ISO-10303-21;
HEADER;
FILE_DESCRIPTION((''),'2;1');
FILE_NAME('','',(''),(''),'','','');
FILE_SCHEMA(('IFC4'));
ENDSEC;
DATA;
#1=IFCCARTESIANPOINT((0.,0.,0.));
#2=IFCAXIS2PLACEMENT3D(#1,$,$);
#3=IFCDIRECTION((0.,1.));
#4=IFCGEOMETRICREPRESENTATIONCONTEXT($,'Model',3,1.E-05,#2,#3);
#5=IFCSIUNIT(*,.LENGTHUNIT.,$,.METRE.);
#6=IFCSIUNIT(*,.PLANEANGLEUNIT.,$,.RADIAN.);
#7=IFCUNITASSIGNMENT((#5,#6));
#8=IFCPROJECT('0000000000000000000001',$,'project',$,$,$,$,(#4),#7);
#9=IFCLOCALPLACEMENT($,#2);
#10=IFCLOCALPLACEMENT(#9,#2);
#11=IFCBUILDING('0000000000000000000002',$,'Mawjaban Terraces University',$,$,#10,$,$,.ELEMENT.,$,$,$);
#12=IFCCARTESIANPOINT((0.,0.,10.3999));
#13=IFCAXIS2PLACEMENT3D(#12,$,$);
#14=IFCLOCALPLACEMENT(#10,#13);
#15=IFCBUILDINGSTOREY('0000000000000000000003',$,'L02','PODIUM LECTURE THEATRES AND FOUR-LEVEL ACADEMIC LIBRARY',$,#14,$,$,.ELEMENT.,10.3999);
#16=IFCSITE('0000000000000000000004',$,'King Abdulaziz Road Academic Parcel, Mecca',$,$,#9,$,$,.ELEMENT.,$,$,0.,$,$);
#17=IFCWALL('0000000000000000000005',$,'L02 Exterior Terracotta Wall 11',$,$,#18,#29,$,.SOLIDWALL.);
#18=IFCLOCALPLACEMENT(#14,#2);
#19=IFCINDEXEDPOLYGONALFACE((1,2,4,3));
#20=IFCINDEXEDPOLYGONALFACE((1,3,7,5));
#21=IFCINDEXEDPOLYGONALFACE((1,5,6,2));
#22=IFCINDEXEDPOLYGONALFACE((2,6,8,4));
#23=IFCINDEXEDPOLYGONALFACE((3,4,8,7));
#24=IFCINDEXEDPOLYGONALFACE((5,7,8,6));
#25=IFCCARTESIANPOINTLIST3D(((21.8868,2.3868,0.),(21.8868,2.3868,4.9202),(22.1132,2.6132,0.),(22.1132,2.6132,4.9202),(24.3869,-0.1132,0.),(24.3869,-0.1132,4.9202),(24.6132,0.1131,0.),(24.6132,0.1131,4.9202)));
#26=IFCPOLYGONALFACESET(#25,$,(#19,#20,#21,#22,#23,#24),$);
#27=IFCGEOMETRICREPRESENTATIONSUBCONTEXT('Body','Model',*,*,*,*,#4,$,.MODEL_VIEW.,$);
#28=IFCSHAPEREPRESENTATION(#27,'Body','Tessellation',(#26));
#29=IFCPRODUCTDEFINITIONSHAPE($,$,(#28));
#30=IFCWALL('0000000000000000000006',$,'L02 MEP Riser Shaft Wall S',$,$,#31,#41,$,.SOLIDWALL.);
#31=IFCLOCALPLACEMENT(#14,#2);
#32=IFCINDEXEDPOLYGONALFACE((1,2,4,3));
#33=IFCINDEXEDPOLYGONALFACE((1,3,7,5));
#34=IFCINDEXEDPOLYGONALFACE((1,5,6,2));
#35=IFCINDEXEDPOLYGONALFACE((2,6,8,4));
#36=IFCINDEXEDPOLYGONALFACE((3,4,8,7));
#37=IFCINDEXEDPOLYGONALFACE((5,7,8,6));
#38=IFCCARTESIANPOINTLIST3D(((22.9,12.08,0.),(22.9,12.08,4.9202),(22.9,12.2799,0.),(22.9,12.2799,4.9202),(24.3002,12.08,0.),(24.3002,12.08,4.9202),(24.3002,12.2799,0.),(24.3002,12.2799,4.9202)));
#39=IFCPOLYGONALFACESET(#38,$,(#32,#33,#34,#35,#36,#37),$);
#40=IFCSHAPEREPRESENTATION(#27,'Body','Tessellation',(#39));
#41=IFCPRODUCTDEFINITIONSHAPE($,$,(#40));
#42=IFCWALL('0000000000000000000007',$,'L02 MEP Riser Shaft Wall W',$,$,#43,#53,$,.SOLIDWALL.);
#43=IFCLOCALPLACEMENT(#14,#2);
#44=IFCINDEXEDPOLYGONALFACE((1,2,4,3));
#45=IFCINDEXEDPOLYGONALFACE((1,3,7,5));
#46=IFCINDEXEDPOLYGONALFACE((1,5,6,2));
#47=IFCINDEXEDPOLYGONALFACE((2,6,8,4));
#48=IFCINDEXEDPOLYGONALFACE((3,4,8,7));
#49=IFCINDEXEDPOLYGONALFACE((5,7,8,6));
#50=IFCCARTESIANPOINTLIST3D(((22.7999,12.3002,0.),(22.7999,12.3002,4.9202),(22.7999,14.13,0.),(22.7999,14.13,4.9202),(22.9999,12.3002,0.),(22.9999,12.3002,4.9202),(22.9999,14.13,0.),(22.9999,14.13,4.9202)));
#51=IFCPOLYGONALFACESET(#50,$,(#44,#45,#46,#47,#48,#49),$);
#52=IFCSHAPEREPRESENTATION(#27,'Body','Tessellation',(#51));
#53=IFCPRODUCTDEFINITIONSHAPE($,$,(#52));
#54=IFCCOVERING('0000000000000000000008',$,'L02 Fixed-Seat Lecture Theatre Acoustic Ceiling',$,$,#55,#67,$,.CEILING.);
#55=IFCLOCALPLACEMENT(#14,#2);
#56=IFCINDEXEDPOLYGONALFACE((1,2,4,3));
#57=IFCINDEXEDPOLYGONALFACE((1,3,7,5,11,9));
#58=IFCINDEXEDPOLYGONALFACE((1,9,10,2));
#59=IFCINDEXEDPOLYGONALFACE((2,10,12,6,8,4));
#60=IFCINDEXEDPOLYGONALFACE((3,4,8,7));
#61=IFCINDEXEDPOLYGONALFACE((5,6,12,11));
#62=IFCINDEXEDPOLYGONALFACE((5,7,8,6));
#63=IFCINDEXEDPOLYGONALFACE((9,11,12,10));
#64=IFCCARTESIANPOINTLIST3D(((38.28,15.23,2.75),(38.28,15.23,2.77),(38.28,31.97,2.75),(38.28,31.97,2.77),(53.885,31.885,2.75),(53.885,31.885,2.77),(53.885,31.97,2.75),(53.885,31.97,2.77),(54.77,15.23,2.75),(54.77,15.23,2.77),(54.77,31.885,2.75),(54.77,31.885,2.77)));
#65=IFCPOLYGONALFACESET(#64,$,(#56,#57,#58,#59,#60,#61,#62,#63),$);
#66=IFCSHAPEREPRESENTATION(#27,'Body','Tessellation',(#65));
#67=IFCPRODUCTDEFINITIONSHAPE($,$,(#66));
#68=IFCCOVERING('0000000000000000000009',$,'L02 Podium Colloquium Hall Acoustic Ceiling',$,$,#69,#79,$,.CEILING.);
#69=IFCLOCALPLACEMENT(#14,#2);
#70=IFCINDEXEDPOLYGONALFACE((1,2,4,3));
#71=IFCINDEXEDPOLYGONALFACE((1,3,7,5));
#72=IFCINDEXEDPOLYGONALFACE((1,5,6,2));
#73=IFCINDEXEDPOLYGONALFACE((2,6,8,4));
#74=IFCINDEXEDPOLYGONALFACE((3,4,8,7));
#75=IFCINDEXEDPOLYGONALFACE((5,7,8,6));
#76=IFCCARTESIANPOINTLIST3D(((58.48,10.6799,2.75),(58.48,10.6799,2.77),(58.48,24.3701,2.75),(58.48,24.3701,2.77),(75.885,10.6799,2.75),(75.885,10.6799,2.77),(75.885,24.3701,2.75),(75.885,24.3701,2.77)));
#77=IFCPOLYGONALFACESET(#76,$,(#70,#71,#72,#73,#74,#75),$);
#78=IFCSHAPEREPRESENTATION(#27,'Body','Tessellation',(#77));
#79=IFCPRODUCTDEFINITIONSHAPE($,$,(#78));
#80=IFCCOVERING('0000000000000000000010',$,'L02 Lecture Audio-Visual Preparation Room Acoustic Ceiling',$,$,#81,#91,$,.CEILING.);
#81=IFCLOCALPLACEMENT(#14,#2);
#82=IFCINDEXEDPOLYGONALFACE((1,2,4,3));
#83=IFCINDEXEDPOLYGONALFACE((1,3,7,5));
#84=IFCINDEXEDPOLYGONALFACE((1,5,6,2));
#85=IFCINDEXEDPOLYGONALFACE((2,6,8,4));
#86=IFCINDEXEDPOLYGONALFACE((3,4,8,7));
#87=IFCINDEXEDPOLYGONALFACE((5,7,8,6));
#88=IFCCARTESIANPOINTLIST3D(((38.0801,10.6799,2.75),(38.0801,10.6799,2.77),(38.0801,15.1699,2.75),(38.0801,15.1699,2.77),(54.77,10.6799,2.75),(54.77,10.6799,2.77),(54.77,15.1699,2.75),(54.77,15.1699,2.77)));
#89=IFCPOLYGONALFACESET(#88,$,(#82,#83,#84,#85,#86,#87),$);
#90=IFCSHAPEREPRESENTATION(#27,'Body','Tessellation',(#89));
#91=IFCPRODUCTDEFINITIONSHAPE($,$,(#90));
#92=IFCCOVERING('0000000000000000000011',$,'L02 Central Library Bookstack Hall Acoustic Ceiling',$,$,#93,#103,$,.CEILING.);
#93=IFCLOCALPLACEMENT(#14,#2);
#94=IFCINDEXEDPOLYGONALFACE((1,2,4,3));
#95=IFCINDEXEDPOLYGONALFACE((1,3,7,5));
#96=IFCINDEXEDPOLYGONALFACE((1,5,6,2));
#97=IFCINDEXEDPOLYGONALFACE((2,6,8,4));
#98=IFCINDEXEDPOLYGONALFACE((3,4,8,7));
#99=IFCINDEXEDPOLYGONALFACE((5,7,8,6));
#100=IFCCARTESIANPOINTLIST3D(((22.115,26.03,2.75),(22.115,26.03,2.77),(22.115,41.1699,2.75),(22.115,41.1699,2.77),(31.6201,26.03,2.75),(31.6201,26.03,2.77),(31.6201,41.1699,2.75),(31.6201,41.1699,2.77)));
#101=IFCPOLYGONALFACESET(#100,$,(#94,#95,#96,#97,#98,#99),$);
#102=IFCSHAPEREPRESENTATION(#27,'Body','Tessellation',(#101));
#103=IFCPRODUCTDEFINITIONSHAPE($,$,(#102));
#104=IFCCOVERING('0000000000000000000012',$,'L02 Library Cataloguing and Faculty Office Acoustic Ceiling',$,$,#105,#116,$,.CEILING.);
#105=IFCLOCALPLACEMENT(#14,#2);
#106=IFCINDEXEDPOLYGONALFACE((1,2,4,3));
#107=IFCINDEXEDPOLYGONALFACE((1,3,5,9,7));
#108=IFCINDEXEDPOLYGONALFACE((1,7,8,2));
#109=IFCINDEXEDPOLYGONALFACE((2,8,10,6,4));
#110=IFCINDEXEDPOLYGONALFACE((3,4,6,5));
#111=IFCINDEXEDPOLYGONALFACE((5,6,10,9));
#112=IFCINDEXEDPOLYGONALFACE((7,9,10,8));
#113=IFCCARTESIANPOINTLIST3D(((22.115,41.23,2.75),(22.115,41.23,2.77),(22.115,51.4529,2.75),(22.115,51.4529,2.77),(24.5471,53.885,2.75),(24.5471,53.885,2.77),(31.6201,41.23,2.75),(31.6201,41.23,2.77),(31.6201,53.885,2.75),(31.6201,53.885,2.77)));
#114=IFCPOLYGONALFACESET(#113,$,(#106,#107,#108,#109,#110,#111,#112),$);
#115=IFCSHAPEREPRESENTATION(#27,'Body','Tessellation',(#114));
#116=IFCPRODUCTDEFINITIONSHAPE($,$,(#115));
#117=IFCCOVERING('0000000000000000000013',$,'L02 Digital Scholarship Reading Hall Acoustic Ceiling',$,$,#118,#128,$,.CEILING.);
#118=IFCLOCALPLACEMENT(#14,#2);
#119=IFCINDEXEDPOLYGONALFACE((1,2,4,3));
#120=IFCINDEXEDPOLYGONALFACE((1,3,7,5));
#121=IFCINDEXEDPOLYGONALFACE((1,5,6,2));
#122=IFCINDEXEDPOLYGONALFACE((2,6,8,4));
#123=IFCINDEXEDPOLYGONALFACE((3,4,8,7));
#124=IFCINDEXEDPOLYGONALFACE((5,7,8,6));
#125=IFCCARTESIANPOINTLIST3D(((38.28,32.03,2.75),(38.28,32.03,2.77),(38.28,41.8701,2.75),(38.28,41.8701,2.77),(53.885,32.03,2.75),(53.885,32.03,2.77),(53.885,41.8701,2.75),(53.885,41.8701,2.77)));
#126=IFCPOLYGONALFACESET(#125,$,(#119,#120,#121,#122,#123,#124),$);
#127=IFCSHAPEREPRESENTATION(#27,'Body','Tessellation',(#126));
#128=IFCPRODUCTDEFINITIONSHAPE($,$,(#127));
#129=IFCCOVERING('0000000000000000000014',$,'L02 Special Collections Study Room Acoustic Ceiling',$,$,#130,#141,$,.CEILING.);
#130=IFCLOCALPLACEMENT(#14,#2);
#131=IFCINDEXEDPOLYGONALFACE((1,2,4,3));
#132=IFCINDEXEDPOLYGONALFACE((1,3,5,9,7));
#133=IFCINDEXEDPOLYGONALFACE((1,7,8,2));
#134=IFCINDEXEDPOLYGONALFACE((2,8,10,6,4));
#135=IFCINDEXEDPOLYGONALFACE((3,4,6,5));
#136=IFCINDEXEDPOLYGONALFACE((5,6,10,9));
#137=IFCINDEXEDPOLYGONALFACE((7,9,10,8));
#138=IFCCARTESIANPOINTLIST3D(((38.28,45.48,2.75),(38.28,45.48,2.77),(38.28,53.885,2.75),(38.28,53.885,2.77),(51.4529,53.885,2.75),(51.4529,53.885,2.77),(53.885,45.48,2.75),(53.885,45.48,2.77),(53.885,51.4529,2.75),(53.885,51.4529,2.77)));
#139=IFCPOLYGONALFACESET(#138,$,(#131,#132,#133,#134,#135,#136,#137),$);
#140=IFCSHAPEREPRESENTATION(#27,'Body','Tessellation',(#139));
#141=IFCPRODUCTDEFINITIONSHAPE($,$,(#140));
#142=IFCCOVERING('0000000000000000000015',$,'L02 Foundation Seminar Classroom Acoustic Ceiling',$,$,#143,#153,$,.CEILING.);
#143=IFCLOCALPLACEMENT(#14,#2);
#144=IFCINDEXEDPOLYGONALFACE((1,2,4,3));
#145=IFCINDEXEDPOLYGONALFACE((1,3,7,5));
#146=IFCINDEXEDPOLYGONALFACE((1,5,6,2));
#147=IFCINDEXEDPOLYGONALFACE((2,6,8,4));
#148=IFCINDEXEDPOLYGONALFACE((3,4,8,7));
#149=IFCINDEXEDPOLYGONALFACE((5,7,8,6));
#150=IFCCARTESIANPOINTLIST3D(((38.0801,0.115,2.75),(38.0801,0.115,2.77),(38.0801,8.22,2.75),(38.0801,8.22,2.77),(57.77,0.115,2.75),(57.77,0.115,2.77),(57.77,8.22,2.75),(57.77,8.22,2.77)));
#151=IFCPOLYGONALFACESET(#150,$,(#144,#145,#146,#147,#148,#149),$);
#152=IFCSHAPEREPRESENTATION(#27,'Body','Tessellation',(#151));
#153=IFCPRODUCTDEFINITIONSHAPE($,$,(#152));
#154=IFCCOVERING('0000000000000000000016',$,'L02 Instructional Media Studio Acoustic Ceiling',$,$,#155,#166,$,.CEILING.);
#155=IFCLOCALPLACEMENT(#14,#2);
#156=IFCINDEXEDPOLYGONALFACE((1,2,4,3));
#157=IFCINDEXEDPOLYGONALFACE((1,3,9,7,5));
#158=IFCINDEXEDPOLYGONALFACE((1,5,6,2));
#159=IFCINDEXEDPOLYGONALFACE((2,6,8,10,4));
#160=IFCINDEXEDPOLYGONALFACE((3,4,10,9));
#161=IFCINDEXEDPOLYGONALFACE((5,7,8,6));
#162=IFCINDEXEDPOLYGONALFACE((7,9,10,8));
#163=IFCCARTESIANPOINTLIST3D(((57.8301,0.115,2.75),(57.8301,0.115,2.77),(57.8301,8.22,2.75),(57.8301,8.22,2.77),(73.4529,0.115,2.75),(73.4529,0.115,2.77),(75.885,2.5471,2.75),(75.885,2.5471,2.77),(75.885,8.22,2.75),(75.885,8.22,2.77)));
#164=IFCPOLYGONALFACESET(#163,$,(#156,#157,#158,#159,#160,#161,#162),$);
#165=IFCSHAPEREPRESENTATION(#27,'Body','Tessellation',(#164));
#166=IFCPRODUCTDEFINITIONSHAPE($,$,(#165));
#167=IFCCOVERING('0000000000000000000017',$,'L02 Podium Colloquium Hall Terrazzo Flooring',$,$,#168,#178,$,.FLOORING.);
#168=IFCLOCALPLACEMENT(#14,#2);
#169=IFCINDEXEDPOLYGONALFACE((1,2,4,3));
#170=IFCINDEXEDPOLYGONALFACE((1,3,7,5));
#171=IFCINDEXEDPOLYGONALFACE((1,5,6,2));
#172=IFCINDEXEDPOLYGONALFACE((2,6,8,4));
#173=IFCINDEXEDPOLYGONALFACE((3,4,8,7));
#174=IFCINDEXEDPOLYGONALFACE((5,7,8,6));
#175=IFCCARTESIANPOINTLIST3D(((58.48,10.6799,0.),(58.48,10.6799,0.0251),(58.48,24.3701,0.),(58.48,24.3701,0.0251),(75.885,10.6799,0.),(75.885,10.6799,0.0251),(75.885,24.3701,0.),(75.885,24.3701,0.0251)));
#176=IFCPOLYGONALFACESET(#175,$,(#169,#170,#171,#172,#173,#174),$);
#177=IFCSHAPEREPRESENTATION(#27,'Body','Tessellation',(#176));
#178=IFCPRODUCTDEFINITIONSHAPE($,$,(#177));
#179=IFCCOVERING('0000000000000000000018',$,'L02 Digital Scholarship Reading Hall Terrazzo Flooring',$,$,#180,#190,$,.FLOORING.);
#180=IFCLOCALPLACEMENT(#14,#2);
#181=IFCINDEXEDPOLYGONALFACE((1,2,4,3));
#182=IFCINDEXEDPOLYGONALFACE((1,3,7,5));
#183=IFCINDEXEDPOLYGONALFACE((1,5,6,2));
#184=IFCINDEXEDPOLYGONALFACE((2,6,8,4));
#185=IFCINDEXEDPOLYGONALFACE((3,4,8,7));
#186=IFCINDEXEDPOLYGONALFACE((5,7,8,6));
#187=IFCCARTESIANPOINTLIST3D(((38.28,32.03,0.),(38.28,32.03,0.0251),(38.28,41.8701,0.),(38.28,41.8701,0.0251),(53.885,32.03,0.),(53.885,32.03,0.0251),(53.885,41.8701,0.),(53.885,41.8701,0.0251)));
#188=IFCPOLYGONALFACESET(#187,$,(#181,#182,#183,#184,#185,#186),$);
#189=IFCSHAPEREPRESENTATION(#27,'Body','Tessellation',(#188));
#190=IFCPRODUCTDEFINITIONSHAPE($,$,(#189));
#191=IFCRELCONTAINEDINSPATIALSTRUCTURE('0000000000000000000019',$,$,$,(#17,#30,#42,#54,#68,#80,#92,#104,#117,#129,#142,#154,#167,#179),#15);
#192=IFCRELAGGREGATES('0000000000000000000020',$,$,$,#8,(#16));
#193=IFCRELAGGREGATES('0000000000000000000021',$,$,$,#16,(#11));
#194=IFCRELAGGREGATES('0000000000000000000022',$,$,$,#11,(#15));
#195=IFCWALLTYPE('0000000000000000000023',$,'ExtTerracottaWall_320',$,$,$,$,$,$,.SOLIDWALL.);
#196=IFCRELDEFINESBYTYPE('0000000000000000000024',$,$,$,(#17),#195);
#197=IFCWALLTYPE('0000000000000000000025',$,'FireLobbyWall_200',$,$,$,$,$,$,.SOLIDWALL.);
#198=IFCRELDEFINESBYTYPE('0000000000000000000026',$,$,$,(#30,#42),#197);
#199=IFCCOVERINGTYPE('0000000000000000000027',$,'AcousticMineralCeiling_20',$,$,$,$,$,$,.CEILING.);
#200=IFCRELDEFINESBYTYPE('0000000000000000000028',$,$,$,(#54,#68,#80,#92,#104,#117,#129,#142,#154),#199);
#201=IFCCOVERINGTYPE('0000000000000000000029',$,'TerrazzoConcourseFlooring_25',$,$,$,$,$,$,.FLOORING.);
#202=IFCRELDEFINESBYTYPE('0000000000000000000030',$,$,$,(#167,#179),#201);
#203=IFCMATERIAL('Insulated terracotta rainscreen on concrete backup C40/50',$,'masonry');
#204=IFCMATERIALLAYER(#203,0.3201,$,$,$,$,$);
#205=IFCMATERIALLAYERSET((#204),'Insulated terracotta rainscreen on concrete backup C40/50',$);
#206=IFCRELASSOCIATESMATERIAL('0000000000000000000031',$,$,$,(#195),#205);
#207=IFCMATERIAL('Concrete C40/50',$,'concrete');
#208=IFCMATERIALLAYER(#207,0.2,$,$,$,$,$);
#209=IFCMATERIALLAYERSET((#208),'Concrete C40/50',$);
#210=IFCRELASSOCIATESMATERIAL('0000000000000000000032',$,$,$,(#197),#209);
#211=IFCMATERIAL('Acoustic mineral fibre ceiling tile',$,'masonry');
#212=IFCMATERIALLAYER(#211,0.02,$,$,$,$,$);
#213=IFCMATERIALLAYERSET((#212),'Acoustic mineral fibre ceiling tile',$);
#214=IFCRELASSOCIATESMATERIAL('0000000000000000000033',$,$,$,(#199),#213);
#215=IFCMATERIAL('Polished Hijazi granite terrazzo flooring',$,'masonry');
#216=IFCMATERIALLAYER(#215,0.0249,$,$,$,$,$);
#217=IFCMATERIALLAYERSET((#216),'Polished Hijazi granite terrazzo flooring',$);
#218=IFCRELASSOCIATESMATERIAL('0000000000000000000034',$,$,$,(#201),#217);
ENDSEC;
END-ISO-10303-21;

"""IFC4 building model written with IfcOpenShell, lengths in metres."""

from ifc_helpers import new_model, si_unit, direction, frame, frame_2d, origin, place, context, subcontext, project, spatial, polyline, rectangle, outline, extrude, material, layer, layer_set, type_object, element, save


model = new_model("IFC4")

# Units and contexts
model_context = context("Model", 3, precision=1e-05, world=origin(), true_north=direction((0.0, 1.0)))
body_context = subcontext(model_context, "Body", "Model", "MODEL_VIEW")
ifc_project = project(units=[si_unit("LENGTHUNIT", "METRE"), si_unit("PLANEANGLEUNIT", "RADIAN")], contexts=[model_context])

# Site, building, storey
site_placement = place(None, origin())
site = spatial("IfcSite", under=ifc_project, at=site_placement, Name="King Abdulaziz Road Academic Parcel, Mecca", CompositionType="ELEMENT", RefElevation=0.0)
building_placement = place(site_placement, origin())
building = spatial("IfcBuilding", under=site, at=building_placement, Name="Mawjaban Terraces University", CompositionType="ELEMENT")
storey_placement = place(building_placement, frame((0.0, 0.0, 10.3999)))
storey = spatial("IfcBuildingStorey", under=building, at=storey_placement, Name="L02", Description="PODIUM LECTURE THEATRES AND FOUR-LEVEL ACADEMIC LIBRARY", CompositionType="ELEMENT", Elevation=10.3999)

# Shared definitions
ifc_material_1 = material(Name="Concrete C40/50", Category="concrete")

# Walls
ifc_material_2 = material(Name="Insulated terracotta rainscreen on concrete backup C40/50", Category="masonry")
ifc_layer_1 = layer(ifc_material_2, 0.3201)
ifc_layer_set_1 = layer_set([ifc_layer_1], Name="Insulated terracotta rainscreen on concrete backup C40/50")
wall_type_1 = type_object("IfcWallType", Name="ExtTerracottaWall_320", PredefinedType="SOLIDWALL", material=ifc_layer_set_1)
wall_1_placement = place(storey_placement, frame((22.0, 2.5, 0.0), z_axis=(0.0, 0.0, 1.0), x_axis=(0.707107, -0.707107, 0.0)))
element("IfcWall", 1, at=wall_1_placement, inside=storey, type_object=wall_type_1, Name="L02 Exterior Terracotta Wall 11", PredefinedType="SOLIDWALL", context=body_context, shape_type="SweptSolid", body=[
    extrude(rectangle(XDim=3.5356, YDim=0.3201, at=frame_2d((1.7678, 0.0))), origin(), (0.0, 0.0, 1.0), 4.9202),
])
ifc_layer_2 = layer(ifc_material_1, 0.2)
ifc_layer_set_2 = layer_set([ifc_layer_2], Name="Concrete C40/50")
wall_type_2 = type_object("IfcWallType", Name="FireLobbyWall_200", PredefinedType="SOLIDWALL", material=ifc_layer_set_2)
wall_2_placement = place(storey_placement, frame((22.8999, 12.1799, 0.0), z_axis=(0.0, 0.0, 1.0), x_axis=(1.0, 0.0, 0.0)))
element("IfcWall", 2, at=wall_2_placement, inside=storey, type_object=wall_type_2, Name="L02 MEP Riser Shaft Wall S", PredefinedType="SOLIDWALL", context=body_context, shape_type="SweptSolid", body=[
    extrude(rectangle(XDim=1.4001, YDim=0.2, at=frame_2d((0.7002, 0.0))), origin(), (0.0, 0.0, 1.0), 4.9202),
])
wall_3_placement = place(storey_placement, frame((22.8999, 12.3, 0.0), z_axis=(0.0, 0.0, 1.0), x_axis=(0.0, 1.0, 0.0)))
element("IfcWall", 3, at=wall_3_placement, inside=storey, type_object=wall_type_2, Name="L02 MEP Riser Shaft Wall W", PredefinedType="SOLIDWALL", context=body_context, shape_type="SweptSolid", body=[
    extrude(rectangle(XDim=1.8298, YDim=0.2, at=frame_2d((0.915, 0.0))), origin(), (0.0, 0.0, 1.0), 4.9202),
])

# Coverings
ifc_material_3 = material(Name="Acoustic mineral fibre ceiling tile", Category="masonry")
ifc_layer_3 = layer(ifc_material_3, 0.02)
ifc_layer_set_3 = layer_set([ifc_layer_3], Name="Acoustic mineral fibre ceiling tile")
covering_type_1 = type_object("IfcCoveringType", Name="AcousticMineralCeiling_20", PredefinedType="CEILING", material=ifc_layer_set_3)
covering_1_placement = place(storey_placement, frame((0.0, 0.0, 2.75)))
element("IfcCovering", 4, at=covering_1_placement, inside=storey, type_object=covering_type_1, Name="L02 Fixed-Seat Lecture Theatre Acoustic Ceiling", PredefinedType="CEILING", context=body_context, shape_type="SweptSolid", body=[
    extrude(outline(polyline([(54.77, 31.885), (53.885, 31.885), (53.885, 31.97), (38.28, 31.97), (38.28, 15.23), (54.77, 15.23), (54.77, 31.885)])), origin(), (0.0, 0.0, 1.0), 0.02),
])
covering_2_placement = place(storey_placement, frame((0.0, 0.0, 2.75)))
element("IfcCovering", 5, at=covering_2_placement, inside=storey, type_object=covering_type_1, Name="L02 Podium Colloquium Hall Acoustic Ceiling", PredefinedType="CEILING", context=body_context, shape_type="SweptSolid", body=[
    extrude(outline(polyline([(75.885, 10.6799), (75.885, 24.3701), (58.48, 24.3701), (58.48, 10.6799), (75.885, 10.6799)])), origin(), (0.0, 0.0, 1.0), 0.02),
])
covering_3_placement = place(storey_placement, frame((0.0, 0.0, 2.75)))
element("IfcCovering", 6, at=covering_3_placement, inside=storey, type_object=covering_type_1, Name="L02 Lecture Audio-Visual Preparation Room Acoustic Ceiling", PredefinedType="CEILING", context=body_context, shape_type="SweptSolid", body=[
    extrude(outline(polyline([(54.77, 10.6799), (54.77, 15.1699), (38.0801, 15.1699), (38.0801, 10.6799), (54.77, 10.6799)])), origin(), (0.0, 0.0, 1.0), 0.02),
])
covering_4_placement = place(storey_placement, frame((0.0, 0.0, 2.75)))
element("IfcCovering", 7, at=covering_4_placement, inside=storey, type_object=covering_type_1, Name="L02 Central Library Bookstack Hall Acoustic Ceiling", PredefinedType="CEILING", context=body_context, shape_type="SweptSolid", body=[
    extrude(outline(polyline([(22.115, 41.1699), (22.115, 26.03), (31.6201, 26.03), (31.6201, 41.1699), (22.115, 41.1699)])), origin(), (0.0, 0.0, 1.0), 0.02),
])
covering_5_placement = place(storey_placement, frame((0.0, 0.0, 2.75)))
element("IfcCovering", 8, at=covering_5_placement, inside=storey, type_object=covering_type_1, Name="L02 Library Cataloguing and Faculty Office Acoustic Ceiling", PredefinedType="CEILING", context=body_context, shape_type="SweptSolid", body=[
    extrude(outline(polyline([(31.6201, 53.885), (24.5471, 53.885), (22.115, 51.4529), (22.115, 41.23), (31.6201, 41.23), (31.6201, 53.885)])), origin(), (0.0, 0.0, 1.0), 0.02),
])
covering_6_placement = place(storey_placement, frame((0.0, 0.0, 2.75)))
element("IfcCovering", 9, at=covering_6_placement, inside=storey, type_object=covering_type_1, Name="L02 Digital Scholarship Reading Hall Acoustic Ceiling", PredefinedType="CEILING", context=body_context, shape_type="SweptSolid", body=[
    extrude(outline(polyline([(53.885, 32.03), (53.885, 41.8701), (38.28, 41.8701), (38.28, 32.03), (53.885, 32.03)])), origin(), (0.0, 0.0, 1.0), 0.02),
])
covering_7_placement = place(storey_placement, frame((0.0, 0.0, 2.75)))
element("IfcCovering", 10, at=covering_7_placement, inside=storey, type_object=covering_type_1, Name="L02 Special Collections Study Room Acoustic Ceiling", PredefinedType="CEILING", context=body_context, shape_type="SweptSolid", body=[
    extrude(outline(polyline([(53.885, 45.48), (53.885, 51.4529), (51.4529, 53.885), (38.28, 53.885), (38.28, 45.48), (53.885, 45.48)])), origin(), (0.0, 0.0, 1.0), 0.02),
])
covering_8_placement = place(storey_placement, frame((0.0, 0.0, 2.75)))
element("IfcCovering", 11, at=covering_8_placement, inside=storey, type_object=covering_type_1, Name="L02 Foundation Seminar Classroom Acoustic Ceiling", PredefinedType="CEILING", context=body_context, shape_type="SweptSolid", body=[
    extrude(outline(polyline([(38.0801, 0.115), (57.77, 0.115), (57.77, 8.22), (38.0801, 8.22), (38.0801, 0.115)])), origin(), (0.0, 0.0, 1.0), 0.02),
])
covering_9_placement = place(storey_placement, frame((0.0, 0.0, 2.75)))
element("IfcCovering", 12, at=covering_9_placement, inside=storey, type_object=covering_type_1, Name="L02 Instructional Media Studio Acoustic Ceiling", PredefinedType="CEILING", context=body_context, shape_type="SweptSolid", body=[
    extrude(outline(polyline([(57.8301, 0.115), (73.4529, 0.115), (75.885, 2.5471), (75.885, 8.22), (57.8301, 8.22), (57.8301, 0.115)])), origin(), (0.0, 0.0, 1.0), 0.02),
])
ifc_material_4 = material(Name="Polished Hijazi granite terrazzo flooring", Category="masonry")
ifc_layer_4 = layer(ifc_material_4, 0.0249)
ifc_layer_set_4 = layer_set([ifc_layer_4], Name="Polished Hijazi granite terrazzo flooring")
covering_type_2 = type_object("IfcCoveringType", Name="TerrazzoConcourseFlooring_25", PredefinedType="FLOORING", material=ifc_layer_set_4)
covering_10_placement = place(storey_placement, origin())
element("IfcCovering", 13, at=covering_10_placement, inside=storey, type_object=covering_type_2, Name="L02 Podium Colloquium Hall Terrazzo Flooring", PredefinedType="FLOORING", context=body_context, shape_type="SweptSolid", body=[
    extrude(outline(polyline([(75.885, 10.6799), (75.885, 24.3701), (58.48, 24.3701), (58.48, 10.6799), (75.885, 10.6799)])), origin(), (0.0, 0.0, 1.0), 0.0251),
])
covering_11_placement = place(storey_placement, origin())
element("IfcCovering", 14, at=covering_11_placement, inside=storey, type_object=covering_type_2, Name="L02 Digital Scholarship Reading Hall Terrazzo Flooring", PredefinedType="FLOORING", context=body_context, shape_type="SweptSolid", body=[
    extrude(outline(polyline([(53.885, 32.03), (53.885, 41.8701), (38.28, 41.8701), (38.28, 32.03), (53.885, 32.03)])), origin(), (0.0, 0.0, 1.0), 0.0251),
])

save(model, "model.ifc")
